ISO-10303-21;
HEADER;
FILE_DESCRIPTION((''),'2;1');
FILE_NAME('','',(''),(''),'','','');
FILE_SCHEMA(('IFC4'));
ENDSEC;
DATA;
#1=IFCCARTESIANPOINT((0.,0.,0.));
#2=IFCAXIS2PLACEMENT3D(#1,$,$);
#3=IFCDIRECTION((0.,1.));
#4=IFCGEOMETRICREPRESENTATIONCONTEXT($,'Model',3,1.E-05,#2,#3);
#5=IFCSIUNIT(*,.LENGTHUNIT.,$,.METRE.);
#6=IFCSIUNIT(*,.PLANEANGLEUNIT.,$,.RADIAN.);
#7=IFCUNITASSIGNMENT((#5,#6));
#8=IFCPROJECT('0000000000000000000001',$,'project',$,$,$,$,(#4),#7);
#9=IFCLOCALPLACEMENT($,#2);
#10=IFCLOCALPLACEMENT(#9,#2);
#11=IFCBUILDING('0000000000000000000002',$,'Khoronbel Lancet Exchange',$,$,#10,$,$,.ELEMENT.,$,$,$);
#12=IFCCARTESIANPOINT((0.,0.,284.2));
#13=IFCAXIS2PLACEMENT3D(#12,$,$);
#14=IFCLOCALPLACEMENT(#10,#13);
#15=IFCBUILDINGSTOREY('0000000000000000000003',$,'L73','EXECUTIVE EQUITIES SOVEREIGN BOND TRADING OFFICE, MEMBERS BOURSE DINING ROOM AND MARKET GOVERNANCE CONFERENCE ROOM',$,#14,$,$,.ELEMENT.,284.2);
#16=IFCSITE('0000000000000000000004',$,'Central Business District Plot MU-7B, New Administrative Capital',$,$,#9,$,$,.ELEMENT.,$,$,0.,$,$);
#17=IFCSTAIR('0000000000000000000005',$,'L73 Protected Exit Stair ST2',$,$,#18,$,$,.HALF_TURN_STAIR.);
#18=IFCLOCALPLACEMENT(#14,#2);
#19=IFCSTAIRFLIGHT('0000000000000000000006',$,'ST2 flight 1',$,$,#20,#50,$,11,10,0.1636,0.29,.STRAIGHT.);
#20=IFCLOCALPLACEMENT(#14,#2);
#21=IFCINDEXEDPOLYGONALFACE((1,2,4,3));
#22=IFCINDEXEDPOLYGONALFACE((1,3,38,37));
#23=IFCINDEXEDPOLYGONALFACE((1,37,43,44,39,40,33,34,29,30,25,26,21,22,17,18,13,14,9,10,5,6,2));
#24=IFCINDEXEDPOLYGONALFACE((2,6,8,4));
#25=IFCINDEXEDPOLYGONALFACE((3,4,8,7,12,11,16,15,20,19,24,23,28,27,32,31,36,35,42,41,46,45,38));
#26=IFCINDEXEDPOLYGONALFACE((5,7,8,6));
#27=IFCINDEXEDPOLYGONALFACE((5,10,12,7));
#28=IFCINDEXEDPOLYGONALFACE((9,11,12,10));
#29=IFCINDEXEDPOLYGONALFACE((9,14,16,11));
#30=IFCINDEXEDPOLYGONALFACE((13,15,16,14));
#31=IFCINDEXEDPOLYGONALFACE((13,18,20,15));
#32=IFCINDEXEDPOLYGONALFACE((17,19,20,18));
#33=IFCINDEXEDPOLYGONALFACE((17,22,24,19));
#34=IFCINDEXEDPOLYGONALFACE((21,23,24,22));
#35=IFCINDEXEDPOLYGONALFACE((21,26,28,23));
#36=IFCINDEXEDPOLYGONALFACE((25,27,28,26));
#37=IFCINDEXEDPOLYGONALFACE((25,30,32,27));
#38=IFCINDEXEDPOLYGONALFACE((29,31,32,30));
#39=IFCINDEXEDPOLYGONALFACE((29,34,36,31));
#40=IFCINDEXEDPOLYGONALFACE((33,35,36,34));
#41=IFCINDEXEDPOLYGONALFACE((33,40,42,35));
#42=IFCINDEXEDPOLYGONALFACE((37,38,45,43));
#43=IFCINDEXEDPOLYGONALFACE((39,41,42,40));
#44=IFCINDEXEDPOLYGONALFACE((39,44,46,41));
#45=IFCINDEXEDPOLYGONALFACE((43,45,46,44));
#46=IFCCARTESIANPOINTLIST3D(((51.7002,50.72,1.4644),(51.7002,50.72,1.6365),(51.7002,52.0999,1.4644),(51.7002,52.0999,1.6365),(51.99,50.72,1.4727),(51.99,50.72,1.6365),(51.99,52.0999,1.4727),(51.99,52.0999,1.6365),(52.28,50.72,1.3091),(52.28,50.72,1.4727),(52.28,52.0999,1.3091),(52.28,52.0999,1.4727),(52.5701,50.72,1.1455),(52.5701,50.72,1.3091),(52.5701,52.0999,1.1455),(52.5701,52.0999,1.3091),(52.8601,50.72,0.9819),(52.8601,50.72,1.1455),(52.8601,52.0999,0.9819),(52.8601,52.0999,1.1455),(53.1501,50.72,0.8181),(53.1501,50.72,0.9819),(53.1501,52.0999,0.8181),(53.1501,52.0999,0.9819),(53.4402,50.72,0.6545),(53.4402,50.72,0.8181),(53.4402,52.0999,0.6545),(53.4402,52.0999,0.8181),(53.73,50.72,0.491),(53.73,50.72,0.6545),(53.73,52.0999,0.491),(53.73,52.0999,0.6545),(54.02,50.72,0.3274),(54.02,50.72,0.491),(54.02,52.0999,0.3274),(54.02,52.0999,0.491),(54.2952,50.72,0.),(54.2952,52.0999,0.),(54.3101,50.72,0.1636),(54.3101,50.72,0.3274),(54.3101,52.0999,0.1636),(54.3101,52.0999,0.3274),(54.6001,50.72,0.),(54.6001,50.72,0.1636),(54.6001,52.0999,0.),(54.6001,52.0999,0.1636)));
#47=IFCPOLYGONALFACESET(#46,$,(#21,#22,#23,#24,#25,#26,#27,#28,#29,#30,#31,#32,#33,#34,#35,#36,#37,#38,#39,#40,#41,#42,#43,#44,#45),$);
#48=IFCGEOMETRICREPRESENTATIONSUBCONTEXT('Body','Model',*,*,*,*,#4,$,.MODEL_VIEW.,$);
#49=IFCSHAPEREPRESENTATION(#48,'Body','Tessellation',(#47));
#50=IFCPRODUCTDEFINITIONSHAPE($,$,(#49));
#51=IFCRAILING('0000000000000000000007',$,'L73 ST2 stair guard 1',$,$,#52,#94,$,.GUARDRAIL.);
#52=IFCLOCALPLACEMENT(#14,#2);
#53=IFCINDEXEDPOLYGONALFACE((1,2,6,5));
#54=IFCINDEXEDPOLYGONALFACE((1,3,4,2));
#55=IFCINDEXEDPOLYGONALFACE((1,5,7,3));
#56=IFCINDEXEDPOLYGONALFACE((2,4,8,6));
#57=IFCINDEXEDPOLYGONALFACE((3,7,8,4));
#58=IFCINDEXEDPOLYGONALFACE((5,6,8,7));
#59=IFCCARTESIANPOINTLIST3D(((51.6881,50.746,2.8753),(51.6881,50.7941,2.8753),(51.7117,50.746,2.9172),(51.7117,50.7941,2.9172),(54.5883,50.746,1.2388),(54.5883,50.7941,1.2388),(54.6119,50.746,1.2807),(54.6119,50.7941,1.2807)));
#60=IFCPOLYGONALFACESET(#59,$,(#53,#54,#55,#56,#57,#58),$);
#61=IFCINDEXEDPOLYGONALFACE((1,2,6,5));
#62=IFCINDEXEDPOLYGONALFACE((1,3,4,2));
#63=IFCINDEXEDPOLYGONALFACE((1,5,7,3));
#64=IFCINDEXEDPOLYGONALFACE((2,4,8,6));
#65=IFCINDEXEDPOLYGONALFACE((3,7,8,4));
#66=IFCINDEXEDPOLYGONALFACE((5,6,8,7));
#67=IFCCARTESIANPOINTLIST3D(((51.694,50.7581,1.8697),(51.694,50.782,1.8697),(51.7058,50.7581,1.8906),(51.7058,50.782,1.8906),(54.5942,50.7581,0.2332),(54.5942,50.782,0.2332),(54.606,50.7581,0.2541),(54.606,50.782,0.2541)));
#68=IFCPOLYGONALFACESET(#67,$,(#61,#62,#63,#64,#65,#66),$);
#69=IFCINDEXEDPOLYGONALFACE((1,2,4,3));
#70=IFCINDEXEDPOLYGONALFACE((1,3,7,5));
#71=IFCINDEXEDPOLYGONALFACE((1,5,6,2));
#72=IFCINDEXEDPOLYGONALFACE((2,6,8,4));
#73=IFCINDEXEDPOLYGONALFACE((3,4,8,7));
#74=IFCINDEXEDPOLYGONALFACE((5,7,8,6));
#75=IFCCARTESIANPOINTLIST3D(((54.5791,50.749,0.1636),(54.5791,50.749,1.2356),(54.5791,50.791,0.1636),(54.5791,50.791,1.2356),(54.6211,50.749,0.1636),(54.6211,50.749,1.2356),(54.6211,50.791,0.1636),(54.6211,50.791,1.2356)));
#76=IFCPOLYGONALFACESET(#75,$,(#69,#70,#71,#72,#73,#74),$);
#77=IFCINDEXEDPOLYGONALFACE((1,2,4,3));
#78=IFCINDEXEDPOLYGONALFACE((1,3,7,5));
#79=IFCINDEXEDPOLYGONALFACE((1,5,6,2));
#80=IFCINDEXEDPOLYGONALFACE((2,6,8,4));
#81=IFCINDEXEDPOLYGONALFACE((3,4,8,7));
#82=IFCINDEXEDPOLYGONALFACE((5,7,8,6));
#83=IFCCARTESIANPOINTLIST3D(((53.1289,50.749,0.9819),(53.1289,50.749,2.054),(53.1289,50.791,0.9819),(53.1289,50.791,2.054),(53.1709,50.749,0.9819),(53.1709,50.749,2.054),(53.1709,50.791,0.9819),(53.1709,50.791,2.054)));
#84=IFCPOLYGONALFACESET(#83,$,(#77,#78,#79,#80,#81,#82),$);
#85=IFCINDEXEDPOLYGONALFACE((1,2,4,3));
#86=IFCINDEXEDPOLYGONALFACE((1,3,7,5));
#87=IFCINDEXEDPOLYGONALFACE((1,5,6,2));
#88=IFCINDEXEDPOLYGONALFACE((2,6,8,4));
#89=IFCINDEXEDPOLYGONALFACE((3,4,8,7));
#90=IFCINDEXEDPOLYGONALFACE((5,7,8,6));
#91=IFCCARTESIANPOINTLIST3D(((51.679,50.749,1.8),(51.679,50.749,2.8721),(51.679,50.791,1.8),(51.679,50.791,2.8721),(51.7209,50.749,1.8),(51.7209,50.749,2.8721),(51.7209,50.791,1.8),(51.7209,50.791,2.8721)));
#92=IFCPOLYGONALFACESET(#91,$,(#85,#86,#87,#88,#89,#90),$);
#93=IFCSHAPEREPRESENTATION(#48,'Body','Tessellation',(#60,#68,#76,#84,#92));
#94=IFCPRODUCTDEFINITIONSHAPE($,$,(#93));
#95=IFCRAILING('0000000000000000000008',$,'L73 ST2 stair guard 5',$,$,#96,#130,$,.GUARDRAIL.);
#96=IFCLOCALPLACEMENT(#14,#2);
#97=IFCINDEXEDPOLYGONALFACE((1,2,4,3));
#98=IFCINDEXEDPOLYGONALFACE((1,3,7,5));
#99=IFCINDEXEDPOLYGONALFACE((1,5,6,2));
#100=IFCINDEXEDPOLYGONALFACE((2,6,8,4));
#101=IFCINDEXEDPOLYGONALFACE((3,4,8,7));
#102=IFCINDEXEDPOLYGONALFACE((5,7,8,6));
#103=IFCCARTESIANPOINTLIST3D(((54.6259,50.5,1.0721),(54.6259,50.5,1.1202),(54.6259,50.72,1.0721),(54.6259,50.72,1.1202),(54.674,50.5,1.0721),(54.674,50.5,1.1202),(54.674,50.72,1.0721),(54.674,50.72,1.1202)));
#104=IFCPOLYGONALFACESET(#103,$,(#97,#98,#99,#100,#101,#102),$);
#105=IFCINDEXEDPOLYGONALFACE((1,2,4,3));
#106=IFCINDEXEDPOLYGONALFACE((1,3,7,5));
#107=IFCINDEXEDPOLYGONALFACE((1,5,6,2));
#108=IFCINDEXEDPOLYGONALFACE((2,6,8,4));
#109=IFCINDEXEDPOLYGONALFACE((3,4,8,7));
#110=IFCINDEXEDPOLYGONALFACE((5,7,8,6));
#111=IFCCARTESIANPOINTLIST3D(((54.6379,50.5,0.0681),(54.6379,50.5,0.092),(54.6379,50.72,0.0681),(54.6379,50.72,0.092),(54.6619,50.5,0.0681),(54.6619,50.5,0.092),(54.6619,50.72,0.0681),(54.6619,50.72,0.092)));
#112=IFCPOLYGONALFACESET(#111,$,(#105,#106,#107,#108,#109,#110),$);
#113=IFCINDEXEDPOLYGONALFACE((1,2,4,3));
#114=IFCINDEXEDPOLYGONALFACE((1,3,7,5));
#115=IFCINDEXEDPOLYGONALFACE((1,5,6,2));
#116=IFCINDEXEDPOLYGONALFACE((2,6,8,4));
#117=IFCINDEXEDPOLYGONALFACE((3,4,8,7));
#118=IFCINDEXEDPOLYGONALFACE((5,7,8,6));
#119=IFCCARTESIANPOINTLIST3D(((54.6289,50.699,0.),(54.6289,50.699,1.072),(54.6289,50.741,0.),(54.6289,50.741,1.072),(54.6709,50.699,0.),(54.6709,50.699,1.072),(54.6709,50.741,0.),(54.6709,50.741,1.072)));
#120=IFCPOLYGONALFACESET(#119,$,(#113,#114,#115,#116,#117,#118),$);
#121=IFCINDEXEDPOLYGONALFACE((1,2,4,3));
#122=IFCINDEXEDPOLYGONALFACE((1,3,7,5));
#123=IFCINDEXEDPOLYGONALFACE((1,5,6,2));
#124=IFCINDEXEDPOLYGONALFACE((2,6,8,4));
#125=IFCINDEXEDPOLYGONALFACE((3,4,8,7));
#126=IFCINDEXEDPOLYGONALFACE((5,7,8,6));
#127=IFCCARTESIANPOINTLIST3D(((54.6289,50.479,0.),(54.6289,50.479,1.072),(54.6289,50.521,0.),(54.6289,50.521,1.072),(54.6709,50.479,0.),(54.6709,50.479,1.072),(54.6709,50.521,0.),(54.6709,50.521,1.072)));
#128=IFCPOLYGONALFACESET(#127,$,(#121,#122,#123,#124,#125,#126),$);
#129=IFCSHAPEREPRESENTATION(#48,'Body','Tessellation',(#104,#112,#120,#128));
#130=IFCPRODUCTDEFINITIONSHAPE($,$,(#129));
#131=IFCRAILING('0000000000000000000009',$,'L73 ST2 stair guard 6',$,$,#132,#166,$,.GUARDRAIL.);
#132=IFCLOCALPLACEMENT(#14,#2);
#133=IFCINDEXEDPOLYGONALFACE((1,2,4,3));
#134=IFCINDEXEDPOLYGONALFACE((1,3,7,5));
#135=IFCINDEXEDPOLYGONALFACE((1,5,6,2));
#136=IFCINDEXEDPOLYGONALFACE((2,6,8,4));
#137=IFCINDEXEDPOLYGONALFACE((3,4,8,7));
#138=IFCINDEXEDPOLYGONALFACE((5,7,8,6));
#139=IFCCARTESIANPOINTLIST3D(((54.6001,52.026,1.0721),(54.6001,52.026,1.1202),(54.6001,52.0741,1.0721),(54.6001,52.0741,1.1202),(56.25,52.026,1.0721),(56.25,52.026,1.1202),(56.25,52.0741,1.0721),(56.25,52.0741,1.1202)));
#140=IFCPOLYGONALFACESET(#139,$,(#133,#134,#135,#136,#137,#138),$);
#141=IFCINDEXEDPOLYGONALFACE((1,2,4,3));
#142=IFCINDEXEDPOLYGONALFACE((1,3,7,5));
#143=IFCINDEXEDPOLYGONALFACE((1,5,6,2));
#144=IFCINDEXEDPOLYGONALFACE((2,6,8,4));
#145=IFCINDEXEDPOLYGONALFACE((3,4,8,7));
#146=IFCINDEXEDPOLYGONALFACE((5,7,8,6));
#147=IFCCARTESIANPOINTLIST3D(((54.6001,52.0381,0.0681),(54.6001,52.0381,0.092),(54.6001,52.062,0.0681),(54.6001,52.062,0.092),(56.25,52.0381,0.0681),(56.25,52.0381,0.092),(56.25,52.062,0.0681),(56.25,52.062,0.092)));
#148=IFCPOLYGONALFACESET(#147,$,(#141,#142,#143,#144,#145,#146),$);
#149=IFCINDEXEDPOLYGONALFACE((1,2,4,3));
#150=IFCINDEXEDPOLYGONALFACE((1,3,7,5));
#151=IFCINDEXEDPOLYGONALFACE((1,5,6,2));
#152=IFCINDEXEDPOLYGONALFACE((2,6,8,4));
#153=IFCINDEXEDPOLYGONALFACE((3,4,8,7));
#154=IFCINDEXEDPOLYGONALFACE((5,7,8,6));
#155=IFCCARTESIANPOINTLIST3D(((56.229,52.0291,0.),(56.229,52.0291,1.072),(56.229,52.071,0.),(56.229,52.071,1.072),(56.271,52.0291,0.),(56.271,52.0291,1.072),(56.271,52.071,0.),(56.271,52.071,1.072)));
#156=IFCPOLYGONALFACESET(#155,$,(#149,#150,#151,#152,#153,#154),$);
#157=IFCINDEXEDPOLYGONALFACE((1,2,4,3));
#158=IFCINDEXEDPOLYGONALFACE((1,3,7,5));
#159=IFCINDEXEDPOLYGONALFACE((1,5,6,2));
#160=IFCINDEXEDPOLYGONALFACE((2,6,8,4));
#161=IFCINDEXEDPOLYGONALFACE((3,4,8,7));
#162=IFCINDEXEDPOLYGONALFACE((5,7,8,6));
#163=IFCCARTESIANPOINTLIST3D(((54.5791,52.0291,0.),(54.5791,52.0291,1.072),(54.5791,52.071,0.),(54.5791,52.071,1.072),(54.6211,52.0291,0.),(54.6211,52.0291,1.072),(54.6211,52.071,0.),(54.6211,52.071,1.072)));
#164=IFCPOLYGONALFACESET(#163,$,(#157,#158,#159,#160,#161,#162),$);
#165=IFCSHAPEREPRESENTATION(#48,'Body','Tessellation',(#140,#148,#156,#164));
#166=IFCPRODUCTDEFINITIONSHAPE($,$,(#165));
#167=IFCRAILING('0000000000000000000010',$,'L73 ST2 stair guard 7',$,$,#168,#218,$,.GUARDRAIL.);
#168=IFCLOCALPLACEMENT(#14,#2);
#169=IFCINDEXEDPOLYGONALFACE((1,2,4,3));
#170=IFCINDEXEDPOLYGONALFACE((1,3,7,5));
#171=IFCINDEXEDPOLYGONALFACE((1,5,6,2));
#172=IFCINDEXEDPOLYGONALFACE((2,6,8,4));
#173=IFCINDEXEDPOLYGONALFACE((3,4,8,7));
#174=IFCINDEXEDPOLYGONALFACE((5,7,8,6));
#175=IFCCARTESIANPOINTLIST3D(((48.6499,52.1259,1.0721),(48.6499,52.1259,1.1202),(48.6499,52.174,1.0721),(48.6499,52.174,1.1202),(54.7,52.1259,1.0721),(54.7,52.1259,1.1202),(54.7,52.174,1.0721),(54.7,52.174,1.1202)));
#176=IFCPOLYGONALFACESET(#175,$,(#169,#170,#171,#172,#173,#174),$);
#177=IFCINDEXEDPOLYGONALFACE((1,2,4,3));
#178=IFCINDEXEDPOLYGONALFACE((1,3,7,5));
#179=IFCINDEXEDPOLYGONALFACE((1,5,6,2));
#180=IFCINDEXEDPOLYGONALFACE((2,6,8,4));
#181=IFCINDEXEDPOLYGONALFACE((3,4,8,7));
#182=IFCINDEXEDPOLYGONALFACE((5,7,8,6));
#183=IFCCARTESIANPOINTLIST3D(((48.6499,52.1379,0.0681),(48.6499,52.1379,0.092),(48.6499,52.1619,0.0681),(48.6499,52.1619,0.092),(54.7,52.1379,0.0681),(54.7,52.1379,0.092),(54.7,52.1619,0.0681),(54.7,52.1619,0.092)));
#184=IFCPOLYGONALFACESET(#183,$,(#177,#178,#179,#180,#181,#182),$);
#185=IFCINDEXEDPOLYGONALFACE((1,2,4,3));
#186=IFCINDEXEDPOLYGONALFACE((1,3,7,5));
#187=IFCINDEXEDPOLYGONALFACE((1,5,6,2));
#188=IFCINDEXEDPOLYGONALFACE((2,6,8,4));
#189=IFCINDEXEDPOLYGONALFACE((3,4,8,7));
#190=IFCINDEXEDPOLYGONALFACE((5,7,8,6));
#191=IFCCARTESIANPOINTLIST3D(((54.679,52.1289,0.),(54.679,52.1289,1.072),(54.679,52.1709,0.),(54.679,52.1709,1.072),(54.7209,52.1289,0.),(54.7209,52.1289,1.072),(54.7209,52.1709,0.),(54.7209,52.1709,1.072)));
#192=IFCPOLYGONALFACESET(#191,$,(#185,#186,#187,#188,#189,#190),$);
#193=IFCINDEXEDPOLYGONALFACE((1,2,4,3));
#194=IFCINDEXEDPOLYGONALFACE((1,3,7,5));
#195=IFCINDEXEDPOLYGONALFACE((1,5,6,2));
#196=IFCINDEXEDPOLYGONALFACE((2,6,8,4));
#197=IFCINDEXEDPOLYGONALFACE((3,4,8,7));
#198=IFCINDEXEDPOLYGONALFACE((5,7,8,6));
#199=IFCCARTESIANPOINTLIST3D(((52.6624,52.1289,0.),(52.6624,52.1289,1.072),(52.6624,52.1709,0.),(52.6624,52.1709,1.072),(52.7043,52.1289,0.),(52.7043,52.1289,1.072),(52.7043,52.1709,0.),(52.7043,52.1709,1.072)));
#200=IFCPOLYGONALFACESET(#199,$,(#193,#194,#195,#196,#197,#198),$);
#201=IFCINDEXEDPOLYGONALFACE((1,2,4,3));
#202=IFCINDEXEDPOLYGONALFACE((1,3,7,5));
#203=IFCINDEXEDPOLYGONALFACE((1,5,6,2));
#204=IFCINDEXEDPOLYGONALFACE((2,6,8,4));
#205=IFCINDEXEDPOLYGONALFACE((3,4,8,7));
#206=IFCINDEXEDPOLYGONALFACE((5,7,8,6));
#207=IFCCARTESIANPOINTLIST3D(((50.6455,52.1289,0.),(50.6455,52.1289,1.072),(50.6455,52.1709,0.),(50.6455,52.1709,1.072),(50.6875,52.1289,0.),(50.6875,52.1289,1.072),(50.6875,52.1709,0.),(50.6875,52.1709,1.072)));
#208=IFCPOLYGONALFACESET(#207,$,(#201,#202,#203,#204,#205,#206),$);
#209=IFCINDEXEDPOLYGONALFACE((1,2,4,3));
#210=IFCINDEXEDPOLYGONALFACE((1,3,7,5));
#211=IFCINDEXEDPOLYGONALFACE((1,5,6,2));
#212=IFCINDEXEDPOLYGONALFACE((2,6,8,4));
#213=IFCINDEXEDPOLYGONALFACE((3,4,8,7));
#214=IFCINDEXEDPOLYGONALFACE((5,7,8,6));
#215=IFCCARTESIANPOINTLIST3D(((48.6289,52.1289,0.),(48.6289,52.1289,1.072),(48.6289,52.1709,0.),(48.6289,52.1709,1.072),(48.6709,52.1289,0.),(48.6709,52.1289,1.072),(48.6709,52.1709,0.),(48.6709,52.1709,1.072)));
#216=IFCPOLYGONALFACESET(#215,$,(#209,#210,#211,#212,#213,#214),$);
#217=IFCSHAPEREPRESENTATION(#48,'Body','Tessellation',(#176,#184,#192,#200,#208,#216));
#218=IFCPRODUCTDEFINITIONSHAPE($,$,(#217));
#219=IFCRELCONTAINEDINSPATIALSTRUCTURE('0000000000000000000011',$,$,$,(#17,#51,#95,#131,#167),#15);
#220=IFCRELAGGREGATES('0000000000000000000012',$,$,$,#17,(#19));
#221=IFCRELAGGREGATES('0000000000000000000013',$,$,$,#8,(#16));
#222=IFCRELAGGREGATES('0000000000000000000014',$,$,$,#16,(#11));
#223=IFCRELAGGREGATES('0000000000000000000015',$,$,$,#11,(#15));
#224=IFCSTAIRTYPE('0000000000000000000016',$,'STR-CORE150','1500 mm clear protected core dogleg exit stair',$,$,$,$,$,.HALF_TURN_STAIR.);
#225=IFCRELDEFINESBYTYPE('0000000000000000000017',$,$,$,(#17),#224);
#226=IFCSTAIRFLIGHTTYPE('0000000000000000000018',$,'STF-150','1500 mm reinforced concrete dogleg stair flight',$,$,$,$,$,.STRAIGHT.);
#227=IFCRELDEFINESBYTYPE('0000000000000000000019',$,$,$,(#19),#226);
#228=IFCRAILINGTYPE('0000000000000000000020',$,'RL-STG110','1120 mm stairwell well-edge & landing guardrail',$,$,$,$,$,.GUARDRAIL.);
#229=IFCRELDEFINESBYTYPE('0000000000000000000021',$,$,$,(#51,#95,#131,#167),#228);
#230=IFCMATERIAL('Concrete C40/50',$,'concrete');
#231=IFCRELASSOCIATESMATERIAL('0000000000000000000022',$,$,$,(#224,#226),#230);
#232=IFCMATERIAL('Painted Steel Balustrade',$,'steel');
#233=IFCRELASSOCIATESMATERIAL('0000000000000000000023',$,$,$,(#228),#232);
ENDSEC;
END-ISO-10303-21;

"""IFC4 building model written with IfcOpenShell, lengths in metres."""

from ifc_helpers import new_model, si_unit, direction, frame, origin, origin_2d, place, context, subcontext, project, spatial, polyline, rectangle, outline, extrude, material, type_object, element, aggregate, save


model = new_model("IFC4")

# Units and contexts
model_context = context("Model", 3, precision=1e-05, world=origin(), true_north=direction((0.0, 1.0)))
body_context = subcontext(model_context, "Body", "Model", "MODEL_VIEW")
ifc_project = project(units=[si_unit("LENGTHUNIT", "METRE"), si_unit("PLANEANGLEUNIT", "RADIAN")], contexts=[model_context])

# Site, building, storey
site_placement = place(None, origin())
site = spatial("IfcSite", under=ifc_project, at=site_placement, Name="Central Business District Plot MU-7B, New Administrative Capital", CompositionType="ELEMENT", RefElevation=0.0)
building_placement = place(site_placement, origin())
building = spatial("IfcBuilding", under=site, at=building_placement, Name="Khoronbel Lancet Exchange", CompositionType="ELEMENT")
storey_placement = place(building_placement, frame((0.0, 0.0, 284.2)))
storey = spatial("IfcBuildingStorey", under=building, at=storey_placement, Name="L73", Description="EXECUTIVE EQUITIES SOVEREIGN BOND TRADING OFFICE, MEMBERS BOURSE DINING ROOM AND MARKET GOVERNANCE CONFERENCE ROOM", CompositionType="ELEMENT", Elevation=284.2)

# Stair, stair flight
ifc_material_1 = material(Name="Concrete C40/50", Category="concrete")
stair_type = type_object("IfcStairType", Name="STR-CORE150", Description="1500 mm clear protected core dogleg exit stair", PredefinedType="HALF_TURN_STAIR", material=ifc_material_1)
stair_placement = place(storey_placement, origin())
stair = element("IfcStair", 1, at=stair_placement, inside=storey, type_object=stair_type, Name="L73 Protected Exit Stair ST2", PredefinedType="HALF_TURN_STAIR")
stair_flight_type = type_object("IfcStairFlightType", Name="STF-150", Description="1500 mm reinforced concrete dogleg stair flight", PredefinedType="STRAIGHT", material=ifc_material_1)
stair_flight_placement = place(storey_placement, frame((54.6001, 51.4099, 0.0), z_axis=(0.0, 0.0, 1.0), x_axis=(-1.0, 0.0, 0.0)))
stair_flight = element("IfcStairFlight", 2, at=stair_flight_placement, type_object=stair_flight_type, Name="ST2 flight 1", NumberOfRisers=11, NumberOfTreads=10, PredefinedType="STRAIGHT", RiserHeight=0.1636, TreadLength=0.29, context=body_context, shape_type="SweptSolid", body=[
    extrude(outline(polyline([(0.0, 0.0), (0.0, 0.1636), (0.29, 0.1636), (0.29, 0.3274), (0.5801, 0.3274), (0.5801, 0.491), (0.8701, 0.491), (0.8701, 0.6545), (1.1599, 0.6545), (1.1599, 0.8181), (1.45, 0.8181), (1.45, 0.9819), (1.74, 0.9819), (1.74, 1.1455), (2.03, 1.1455), (2.03, 1.3091), (2.3201, 1.3091), (2.3201, 1.4727), (2.6101, 1.4727), (2.6101, 1.6365), (2.8999, 1.6365), (2.8999, 1.8), (2.8999, 1.4644), (0.3049, 0.0), (0.0, 0.0)])), frame((0.0, 0.6899, 0.0), z_axis=(0.0, -1.0, 0.0), x_axis=(1.0, 0.0, 0.0)), (0.0, 0.0, 1.0), 1.3799),
])
aggregate(stair, [stair_flight])

# Railings
ifc_material_2 = material(Name="Painted Steel Balustrade", Category="steel")
railing_type_1 = type_object("IfcRailingType", Name="RL-STG110", Description="1120 mm stairwell well-edge & landing guardrail", PredefinedType="GUARDRAIL", material=ifc_material_2)
railing_1_placement = place(storey_placement, frame((54.6001, 50.77, 0.1636)))
element("IfcRailing", 3, at=railing_1_placement, inside=storey, type_object=railing_type_1, Name="L73 ST2 stair guard 1", PredefinedType="GUARDRAIL", context=body_context, shape_type="SweptSolid", body=[
    extrude(rectangle(XDim=0.0481, YDim=0.0481, at=origin_2d()), frame((0.0, 0.0, 1.0962), z_axis=(-0.870915, 0.0, 0.491434), x_axis=(0.0, -1.0, 0.0)), (0.0, 0.0, 1.0), 3.3301),
    extrude(rectangle(XDim=0.0239, YDim=0.0239, at=origin_2d()), frame((0.0, 0.0, 0.0801), z_axis=(-0.870915, 0.0, 0.491434), x_axis=(0.0, -1.0, 0.0)), (0.0, 0.0, 1.0), 3.3301),
    extrude(rectangle(XDim=0.042, YDim=0.042, at=origin_2d()), origin(), (0.0, 0.0, 1.0), 1.072),
    extrude(rectangle(XDim=0.042, YDim=0.042, at=origin_2d()), frame((-1.4502, 0.0, 0.8184)), (0.0, 0.0, 1.0), 1.072),
    extrude(rectangle(XDim=0.042, YDim=0.042, at=origin_2d()), frame((-2.9001, 0.0, 1.6365)), (0.0, 0.0, 1.0), 1.072),
])
railing_2_placement = place(storey_placement, frame((54.6499, 50.72, 0.0)))
element("IfcRailing", 4, at=railing_2_placement, inside=storey, type_object=railing_type_1, Name="L73 ST2 stair guard 5", PredefinedType="GUARDRAIL", context=body_context, shape_type="SweptSolid", body=[
    extrude(rectangle(XDim=0.0481, YDim=0.0481, at=origin_2d()), frame((0.0, 0.0, 1.0962), z_axis=(0.0, -1.0, 0.0), x_axis=(1.0, 0.0, 0.0)), (0.0, 0.0, 1.0), 0.22),
    extrude(rectangle(XDim=0.0239, YDim=0.0239, at=origin_2d()), frame((0.0, 0.0, 0.0801), z_axis=(0.0, -1.0, 0.0), x_axis=(1.0, 0.0, 0.0)), (0.0, 0.0, 1.0), 0.22),
    extrude(rectangle(XDim=0.042, YDim=0.042, at=origin_2d()), origin(), (0.0, 0.0, 1.0), 1.072),
    extrude(rectangle(XDim=0.042, YDim=0.042, at=origin_2d()), frame((0.0, -0.22, 0.0)), (0.0, 0.0, 1.0), 1.072),
])
railing_3_placement = place(storey_placement, frame((56.25, 52.05, 0.0)))
element("IfcRailing", 5, at=railing_3_placement, inside=storey, type_object=railing_type_1, Name="L73 ST2 stair guard 6", PredefinedType="GUARDRAIL", context=body_context, shape_type="SweptSolid", body=[
    extrude(rectangle(XDim=0.0481, YDim=0.0481, at=origin_2d()), frame((0.0, 0.0, 1.0962), z_axis=(-1.0, 0.0, 0.0), x_axis=(0.0, -1.0, 0.0)), (0.0, 0.0, 1.0), 1.6499),
    extrude(rectangle(XDim=0.0239, YDim=0.0239, at=origin_2d()), frame((0.0, 0.0, 0.0801), z_axis=(-1.0, 0.0, 0.0), x_axis=(0.0, -1.0, 0.0)), (0.0, 0.0, 1.0), 1.6499),
    extrude(rectangle(XDim=0.042, YDim=0.042, at=origin_2d()), origin(), (0.0, 0.0, 1.0), 1.072),
    extrude(rectangle(XDim=0.042, YDim=0.042, at=origin_2d()), frame((-1.6499, 0.0, 0.0)), (0.0, 0.0, 1.0), 1.072),
])
railing_4_placement = place(storey_placement, frame((54.7, 52.1499, 0.0)))
element("IfcRailing", 6, at=railing_4_placement, inside=storey, type_object=railing_type_1, Name="L73 ST2 stair guard 7", PredefinedType="GUARDRAIL", context=body_context, shape_type="SweptSolid", body=[
    extrude(rectangle(XDim=0.0481, YDim=0.0481, at=origin_2d()), frame((0.0, 0.0, 1.0962), z_axis=(-1.0, 0.0, 0.0), x_axis=(0.0, -1.0, 0.0)), (0.0, 0.0, 1.0), 6.05),
    extrude(rectangle(XDim=0.0239, YDim=0.0239, at=origin_2d()), frame((0.0, 0.0, 0.0801), z_axis=(-1.0, 0.0, 0.0), x_axis=(0.0, -1.0, 0.0)), (0.0, 0.0, 1.0), 6.05),
    extrude(rectangle(XDim=0.042, YDim=0.042, at=origin_2d()), origin(), (0.0, 0.0, 1.0), 1.072),
    extrude(rectangle(XDim=0.042, YDim=0.042, at=origin_2d()), frame((-2.0166, 0.0, 0.0)), (0.0, 0.0, 1.0), 1.072),
    extrude(rectangle(XDim=0.042, YDim=0.042, at=origin_2d()), frame((-4.0334, 0.0, 0.0)), (0.0, 0.0, 1.0), 1.072),
    extrude(rectangle(XDim=0.042, YDim=0.042, at=origin_2d()), frame((-6.05, 0.0, 0.0)), (0.0, 0.0, 1.0), 1.072),
])

save(model, "model.ifc")
